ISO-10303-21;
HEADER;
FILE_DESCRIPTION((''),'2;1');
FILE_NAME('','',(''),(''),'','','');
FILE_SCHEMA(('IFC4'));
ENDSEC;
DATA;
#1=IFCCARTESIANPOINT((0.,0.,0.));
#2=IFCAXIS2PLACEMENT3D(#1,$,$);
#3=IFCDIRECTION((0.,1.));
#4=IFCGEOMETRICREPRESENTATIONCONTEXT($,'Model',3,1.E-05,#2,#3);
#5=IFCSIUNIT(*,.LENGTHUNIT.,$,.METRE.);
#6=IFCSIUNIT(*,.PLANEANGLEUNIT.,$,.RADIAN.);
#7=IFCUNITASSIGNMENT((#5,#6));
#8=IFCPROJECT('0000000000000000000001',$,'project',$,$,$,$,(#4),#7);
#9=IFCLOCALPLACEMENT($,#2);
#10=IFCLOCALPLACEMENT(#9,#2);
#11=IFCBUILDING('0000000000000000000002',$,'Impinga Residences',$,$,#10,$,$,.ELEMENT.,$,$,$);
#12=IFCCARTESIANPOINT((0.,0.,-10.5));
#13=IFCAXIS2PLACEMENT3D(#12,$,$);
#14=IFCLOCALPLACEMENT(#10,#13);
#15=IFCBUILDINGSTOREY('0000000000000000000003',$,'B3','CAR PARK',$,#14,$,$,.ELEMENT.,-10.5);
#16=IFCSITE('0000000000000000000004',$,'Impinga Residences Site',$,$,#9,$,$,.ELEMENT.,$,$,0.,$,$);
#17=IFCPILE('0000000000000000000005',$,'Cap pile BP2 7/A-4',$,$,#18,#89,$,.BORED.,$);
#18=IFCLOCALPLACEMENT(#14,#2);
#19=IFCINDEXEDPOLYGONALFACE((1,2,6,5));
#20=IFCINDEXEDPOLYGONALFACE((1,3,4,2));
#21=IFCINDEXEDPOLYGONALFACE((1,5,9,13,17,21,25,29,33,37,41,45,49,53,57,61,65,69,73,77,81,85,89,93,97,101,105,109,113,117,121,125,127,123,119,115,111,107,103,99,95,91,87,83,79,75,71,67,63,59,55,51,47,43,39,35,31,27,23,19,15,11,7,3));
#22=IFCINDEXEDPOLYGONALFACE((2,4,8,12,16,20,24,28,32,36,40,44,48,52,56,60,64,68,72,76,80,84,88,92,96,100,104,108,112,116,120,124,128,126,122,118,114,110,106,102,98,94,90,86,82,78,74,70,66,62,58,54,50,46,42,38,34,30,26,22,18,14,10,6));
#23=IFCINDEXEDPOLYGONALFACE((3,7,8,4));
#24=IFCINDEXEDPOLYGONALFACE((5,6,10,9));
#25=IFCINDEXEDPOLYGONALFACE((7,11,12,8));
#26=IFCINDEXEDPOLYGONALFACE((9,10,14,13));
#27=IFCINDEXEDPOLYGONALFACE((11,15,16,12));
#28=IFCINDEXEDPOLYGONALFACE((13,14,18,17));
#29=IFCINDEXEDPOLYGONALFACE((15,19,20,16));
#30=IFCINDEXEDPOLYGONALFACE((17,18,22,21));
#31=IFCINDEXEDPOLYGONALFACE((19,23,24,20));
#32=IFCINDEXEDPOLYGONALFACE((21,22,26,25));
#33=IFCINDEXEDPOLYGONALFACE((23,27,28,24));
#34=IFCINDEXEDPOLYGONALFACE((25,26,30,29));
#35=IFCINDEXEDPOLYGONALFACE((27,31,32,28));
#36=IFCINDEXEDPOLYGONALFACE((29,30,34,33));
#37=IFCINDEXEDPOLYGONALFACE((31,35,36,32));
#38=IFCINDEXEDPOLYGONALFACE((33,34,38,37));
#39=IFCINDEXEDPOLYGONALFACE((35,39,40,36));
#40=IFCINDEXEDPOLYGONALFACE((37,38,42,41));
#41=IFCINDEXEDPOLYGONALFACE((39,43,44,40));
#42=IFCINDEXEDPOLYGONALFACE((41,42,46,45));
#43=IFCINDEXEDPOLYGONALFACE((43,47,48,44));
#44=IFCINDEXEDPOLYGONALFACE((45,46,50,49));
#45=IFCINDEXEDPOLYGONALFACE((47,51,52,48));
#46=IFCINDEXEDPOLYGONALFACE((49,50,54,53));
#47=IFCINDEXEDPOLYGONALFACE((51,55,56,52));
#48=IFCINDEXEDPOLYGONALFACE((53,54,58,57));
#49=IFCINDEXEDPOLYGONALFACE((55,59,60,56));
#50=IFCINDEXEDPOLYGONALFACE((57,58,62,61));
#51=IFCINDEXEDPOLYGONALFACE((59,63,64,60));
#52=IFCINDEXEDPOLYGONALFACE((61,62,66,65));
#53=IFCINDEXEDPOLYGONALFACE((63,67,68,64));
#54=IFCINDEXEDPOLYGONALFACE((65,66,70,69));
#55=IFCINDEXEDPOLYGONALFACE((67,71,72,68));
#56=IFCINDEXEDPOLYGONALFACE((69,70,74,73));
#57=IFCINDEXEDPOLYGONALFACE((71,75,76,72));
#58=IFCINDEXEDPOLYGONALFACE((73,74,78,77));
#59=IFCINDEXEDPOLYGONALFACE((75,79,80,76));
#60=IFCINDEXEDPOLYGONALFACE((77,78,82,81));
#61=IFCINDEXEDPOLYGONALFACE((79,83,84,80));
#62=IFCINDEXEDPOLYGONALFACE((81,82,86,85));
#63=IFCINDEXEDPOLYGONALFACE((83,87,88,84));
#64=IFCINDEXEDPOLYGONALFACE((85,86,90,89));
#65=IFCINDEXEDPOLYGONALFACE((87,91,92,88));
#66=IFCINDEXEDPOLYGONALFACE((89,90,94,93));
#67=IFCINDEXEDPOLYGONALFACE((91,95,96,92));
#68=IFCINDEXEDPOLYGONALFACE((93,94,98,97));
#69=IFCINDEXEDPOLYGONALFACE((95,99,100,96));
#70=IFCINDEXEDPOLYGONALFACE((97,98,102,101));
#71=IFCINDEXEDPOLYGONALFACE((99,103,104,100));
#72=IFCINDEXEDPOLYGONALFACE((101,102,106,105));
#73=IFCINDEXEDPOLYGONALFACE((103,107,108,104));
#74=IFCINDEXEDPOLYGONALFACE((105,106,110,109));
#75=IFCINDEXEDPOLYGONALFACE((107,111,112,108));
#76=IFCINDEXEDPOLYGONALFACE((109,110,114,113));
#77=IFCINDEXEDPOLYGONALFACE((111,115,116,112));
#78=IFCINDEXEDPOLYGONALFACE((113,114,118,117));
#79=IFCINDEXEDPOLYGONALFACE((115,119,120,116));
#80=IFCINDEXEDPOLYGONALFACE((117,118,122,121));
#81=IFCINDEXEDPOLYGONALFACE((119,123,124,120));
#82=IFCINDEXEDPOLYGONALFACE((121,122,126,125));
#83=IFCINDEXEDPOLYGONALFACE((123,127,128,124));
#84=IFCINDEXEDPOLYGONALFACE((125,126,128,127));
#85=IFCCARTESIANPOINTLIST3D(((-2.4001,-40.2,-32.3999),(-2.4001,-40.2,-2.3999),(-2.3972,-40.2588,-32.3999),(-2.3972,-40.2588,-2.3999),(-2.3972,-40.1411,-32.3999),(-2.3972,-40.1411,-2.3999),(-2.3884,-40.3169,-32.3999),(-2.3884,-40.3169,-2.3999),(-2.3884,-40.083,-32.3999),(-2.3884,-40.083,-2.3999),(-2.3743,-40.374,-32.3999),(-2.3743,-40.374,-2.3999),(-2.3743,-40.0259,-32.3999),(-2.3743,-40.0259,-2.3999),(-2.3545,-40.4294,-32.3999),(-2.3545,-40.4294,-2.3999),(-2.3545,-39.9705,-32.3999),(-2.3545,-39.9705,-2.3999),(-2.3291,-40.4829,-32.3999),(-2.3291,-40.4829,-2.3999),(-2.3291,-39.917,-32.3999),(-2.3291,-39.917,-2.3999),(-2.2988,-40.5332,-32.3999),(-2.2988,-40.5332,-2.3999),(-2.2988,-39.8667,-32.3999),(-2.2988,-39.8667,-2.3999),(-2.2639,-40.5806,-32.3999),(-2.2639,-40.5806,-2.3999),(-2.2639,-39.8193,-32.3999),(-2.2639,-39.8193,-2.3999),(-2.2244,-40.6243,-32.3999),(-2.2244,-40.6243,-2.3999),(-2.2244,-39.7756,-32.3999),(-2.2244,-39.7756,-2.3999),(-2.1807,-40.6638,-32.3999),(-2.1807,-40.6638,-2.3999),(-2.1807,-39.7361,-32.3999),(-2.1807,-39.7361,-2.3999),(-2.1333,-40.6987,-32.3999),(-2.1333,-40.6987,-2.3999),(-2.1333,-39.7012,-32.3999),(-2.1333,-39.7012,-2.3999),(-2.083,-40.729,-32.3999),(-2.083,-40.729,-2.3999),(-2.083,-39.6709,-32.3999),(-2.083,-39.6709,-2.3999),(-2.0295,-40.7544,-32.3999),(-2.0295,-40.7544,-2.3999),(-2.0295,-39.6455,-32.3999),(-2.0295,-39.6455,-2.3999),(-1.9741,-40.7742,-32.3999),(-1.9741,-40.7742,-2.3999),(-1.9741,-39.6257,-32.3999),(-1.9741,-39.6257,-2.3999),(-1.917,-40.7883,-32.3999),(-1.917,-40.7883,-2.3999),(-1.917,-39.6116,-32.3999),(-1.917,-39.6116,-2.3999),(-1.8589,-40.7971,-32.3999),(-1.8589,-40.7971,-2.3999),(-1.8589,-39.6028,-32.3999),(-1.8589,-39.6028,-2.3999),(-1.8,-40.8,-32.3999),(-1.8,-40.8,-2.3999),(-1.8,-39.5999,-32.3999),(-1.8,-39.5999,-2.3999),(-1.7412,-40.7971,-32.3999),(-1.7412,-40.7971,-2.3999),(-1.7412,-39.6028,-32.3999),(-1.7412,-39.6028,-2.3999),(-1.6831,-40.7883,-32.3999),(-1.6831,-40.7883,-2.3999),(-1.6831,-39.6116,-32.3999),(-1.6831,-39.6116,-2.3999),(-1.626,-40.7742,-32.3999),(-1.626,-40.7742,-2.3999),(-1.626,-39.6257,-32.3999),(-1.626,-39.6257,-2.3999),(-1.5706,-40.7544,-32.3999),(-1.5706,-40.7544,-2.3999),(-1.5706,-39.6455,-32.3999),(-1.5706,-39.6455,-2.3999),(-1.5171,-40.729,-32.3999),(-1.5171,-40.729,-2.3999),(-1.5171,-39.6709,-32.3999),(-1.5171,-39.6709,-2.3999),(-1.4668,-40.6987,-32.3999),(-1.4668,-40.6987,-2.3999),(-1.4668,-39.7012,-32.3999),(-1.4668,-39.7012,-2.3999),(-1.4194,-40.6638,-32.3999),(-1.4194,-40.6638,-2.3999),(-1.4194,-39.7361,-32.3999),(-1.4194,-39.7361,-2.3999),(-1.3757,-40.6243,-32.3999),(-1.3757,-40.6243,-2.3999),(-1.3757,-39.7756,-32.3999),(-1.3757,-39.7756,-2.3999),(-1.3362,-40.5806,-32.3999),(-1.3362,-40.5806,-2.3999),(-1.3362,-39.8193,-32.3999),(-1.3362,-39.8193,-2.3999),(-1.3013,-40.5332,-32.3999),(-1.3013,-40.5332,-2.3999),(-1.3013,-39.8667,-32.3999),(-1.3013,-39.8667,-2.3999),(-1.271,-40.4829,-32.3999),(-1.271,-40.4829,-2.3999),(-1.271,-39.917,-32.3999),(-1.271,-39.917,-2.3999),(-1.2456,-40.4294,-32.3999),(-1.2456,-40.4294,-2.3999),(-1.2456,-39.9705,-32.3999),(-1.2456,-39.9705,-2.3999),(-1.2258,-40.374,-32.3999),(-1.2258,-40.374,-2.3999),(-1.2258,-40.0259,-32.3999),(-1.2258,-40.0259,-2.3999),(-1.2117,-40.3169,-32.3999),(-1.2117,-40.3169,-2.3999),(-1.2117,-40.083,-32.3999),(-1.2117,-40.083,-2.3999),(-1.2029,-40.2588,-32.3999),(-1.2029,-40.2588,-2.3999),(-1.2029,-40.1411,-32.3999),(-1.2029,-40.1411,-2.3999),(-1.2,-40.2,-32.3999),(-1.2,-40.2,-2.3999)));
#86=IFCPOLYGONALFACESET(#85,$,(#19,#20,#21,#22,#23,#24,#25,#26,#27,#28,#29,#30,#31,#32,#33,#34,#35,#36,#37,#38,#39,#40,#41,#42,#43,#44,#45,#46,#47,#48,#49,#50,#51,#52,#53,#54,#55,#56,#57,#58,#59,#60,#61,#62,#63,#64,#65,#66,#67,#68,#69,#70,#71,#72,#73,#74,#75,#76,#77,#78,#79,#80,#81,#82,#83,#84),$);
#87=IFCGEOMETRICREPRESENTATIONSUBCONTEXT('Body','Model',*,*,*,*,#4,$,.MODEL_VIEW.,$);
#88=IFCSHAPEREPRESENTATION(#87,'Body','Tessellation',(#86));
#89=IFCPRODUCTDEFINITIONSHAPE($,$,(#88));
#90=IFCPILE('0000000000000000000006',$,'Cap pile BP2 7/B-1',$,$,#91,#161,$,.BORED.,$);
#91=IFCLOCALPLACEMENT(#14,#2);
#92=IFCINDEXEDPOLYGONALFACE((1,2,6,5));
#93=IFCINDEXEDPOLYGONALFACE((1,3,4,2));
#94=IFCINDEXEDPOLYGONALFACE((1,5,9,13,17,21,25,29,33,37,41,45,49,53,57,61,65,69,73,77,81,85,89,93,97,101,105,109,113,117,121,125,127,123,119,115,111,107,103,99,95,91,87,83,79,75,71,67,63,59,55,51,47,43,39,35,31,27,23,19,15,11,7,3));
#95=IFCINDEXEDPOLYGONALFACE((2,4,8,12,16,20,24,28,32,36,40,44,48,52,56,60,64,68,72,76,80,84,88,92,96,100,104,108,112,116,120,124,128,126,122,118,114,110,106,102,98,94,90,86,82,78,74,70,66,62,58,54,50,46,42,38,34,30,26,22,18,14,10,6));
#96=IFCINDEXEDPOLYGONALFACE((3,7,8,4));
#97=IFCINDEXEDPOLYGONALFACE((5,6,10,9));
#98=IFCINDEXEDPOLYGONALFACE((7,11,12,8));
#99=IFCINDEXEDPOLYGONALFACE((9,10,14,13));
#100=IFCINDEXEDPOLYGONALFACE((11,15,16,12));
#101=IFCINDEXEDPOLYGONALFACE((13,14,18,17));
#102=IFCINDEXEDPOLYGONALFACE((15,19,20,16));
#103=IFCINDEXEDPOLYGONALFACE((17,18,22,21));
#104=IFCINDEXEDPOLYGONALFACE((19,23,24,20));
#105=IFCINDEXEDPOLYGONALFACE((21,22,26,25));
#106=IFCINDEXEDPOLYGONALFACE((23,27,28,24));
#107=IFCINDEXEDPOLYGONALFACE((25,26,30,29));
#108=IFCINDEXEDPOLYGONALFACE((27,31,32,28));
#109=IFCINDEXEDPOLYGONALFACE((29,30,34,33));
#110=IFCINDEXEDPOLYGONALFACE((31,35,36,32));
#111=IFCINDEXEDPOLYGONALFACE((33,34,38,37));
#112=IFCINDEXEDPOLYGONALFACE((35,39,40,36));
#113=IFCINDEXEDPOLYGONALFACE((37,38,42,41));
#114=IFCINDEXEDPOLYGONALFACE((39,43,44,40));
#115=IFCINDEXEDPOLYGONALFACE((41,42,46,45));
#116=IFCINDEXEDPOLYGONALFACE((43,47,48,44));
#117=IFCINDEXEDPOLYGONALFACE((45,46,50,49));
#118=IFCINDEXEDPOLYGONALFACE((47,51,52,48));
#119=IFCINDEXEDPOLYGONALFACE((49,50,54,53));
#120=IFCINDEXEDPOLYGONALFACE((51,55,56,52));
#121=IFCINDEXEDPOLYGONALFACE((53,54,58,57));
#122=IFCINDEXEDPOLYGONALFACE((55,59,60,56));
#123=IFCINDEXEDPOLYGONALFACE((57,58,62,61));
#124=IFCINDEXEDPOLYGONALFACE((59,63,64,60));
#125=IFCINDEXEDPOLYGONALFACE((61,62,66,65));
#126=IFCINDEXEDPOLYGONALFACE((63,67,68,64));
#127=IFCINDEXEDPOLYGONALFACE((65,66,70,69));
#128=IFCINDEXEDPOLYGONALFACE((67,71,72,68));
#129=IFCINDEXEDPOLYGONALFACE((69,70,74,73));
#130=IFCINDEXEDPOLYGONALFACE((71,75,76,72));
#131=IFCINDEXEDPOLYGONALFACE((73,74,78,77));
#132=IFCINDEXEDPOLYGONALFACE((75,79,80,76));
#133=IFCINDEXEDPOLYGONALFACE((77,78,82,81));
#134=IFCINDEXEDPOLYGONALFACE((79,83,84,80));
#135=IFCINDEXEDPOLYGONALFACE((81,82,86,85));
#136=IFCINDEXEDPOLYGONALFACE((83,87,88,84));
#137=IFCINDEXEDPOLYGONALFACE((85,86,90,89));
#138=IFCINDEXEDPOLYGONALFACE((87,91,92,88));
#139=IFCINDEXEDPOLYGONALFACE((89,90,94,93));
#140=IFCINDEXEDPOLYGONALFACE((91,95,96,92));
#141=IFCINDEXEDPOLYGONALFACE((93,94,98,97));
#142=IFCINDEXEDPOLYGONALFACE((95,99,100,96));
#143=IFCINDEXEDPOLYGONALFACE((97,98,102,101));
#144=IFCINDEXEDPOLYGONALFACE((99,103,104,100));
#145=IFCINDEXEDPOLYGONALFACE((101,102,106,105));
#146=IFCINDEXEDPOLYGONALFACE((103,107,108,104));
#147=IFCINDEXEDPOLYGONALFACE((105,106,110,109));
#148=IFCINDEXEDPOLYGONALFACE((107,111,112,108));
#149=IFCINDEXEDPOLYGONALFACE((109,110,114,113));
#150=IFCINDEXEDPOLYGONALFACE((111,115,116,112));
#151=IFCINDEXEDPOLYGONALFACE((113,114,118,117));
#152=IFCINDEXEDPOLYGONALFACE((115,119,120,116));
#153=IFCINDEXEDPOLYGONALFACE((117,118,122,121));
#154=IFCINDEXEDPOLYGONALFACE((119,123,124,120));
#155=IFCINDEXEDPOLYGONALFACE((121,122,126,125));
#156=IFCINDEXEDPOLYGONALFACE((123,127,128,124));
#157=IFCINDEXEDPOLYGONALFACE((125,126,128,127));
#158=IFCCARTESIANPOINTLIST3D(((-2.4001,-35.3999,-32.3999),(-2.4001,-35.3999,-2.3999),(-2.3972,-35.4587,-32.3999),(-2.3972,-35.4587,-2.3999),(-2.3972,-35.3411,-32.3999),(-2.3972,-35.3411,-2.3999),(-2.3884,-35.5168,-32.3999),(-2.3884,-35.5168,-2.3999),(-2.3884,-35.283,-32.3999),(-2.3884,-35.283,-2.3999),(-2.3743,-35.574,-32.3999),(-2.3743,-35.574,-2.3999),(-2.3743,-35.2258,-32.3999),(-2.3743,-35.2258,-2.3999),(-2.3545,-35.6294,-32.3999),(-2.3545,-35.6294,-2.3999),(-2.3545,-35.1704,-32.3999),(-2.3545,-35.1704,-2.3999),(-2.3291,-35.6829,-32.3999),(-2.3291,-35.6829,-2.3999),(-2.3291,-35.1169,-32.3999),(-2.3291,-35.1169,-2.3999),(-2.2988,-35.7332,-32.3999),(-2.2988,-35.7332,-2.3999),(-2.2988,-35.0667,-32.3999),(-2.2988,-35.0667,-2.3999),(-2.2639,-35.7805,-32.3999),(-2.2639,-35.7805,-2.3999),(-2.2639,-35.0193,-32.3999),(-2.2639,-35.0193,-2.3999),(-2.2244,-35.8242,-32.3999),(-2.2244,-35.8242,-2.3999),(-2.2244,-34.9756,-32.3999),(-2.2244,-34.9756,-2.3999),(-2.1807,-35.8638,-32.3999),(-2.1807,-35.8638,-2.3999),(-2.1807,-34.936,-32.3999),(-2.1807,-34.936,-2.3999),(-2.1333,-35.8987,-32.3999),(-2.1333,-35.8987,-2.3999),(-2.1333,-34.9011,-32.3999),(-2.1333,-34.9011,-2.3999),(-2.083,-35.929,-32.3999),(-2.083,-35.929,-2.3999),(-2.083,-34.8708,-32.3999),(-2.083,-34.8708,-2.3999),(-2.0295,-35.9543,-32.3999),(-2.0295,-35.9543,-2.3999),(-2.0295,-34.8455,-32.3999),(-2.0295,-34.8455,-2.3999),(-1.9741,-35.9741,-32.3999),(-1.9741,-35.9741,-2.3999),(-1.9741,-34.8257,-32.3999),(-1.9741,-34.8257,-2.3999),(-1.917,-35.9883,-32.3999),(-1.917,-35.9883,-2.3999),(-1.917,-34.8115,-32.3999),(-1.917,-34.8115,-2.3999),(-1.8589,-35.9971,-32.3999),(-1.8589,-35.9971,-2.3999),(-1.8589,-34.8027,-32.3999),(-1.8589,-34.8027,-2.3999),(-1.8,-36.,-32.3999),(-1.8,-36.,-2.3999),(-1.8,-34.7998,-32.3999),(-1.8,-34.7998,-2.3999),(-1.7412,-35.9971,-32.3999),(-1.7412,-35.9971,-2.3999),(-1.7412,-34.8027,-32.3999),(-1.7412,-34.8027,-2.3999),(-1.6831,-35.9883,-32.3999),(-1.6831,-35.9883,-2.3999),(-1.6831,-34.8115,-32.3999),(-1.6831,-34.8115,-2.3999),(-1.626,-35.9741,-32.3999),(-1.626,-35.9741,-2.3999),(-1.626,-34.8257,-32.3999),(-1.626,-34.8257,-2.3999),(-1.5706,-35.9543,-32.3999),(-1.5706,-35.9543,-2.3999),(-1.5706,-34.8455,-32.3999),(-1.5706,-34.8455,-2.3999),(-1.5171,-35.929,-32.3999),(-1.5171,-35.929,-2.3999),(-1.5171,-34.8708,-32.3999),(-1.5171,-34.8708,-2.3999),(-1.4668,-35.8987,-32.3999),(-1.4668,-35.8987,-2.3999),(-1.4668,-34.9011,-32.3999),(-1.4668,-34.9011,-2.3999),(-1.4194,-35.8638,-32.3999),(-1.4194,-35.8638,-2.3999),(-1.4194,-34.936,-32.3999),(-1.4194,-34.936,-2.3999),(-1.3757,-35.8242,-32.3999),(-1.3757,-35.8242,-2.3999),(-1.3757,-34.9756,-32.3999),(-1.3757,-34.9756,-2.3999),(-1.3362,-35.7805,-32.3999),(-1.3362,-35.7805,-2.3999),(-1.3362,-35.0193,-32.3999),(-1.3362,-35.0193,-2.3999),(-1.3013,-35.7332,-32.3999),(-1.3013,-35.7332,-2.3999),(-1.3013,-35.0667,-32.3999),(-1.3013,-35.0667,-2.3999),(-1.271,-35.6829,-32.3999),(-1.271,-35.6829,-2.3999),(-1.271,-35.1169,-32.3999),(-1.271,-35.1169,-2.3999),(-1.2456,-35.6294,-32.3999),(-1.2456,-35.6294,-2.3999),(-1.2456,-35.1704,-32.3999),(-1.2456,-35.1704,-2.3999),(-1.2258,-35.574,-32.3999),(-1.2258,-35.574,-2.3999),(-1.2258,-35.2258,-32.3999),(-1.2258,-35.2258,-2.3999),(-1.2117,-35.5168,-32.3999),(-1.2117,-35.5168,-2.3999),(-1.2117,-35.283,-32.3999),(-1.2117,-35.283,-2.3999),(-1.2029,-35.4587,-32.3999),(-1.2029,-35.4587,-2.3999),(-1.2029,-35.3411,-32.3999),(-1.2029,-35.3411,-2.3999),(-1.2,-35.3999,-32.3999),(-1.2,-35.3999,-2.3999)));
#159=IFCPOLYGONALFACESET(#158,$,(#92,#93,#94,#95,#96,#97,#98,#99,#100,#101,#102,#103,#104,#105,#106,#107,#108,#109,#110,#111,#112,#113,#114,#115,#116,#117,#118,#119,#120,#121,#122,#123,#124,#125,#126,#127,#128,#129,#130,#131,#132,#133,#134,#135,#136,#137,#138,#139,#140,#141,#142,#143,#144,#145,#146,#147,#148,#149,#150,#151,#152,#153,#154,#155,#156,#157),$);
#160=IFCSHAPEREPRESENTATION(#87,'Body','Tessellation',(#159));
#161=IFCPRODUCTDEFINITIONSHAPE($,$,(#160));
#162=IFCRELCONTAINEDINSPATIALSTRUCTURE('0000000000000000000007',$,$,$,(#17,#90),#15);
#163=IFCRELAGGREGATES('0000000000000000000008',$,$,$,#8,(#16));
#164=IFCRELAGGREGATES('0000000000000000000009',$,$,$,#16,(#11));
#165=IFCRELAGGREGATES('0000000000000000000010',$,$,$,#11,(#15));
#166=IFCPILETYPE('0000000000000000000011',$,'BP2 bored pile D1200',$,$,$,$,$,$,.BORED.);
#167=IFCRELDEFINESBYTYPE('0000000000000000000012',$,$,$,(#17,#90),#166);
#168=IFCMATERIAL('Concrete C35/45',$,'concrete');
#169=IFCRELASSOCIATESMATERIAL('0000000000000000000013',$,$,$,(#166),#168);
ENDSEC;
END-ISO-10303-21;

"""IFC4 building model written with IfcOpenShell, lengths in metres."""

from ifc_helpers import new_model, si_unit, direction, frame, origin, origin_2d, place, context, subcontext, project, spatial, polyline, circle, outline, extrude, material, material_profile, profile_set, type_object, element, save


model = new_model("IFC4")

# Units and contexts
model_context = context("Model", 3, precision=1e-05, world=origin(), true_north=direction((0.0, 1.0)))
body_context = subcontext(model_context, "Body", "Model", "MODEL_VIEW")
ifc_project = project(units=[si_unit("LENGTHUNIT", "METRE"), si_unit("PLANEANGLEUNIT", "RADIAN")], contexts=[model_context])

# Site, building, storey
site_placement = place(None, origin())
site = spatial("IfcSite", under=ifc_project, at=site_placement, Name="Impinga Residences Site", CompositionType="ELEMENT", RefElevation=0.0)
building_placement = place(site_placement, origin())
building = spatial("IfcBuilding", under=site, at=building_placement, Name="Impinga Residences", CompositionType="ELEMENT")
storey_placement = place(building_placement, frame((0.0, 0.0, -10.5)))
storey = spatial("IfcBuildingStorey", under=building, at=storey_placement, Name="B3", Description="CAR PARK", CompositionType="ELEMENT", Elevation=-10.5)

# Piles
ifc_material_1 = material(Name="Concrete C35/45", Category="concrete")
ifc_material_profile_1 = material_profile(ifc_material_1, circle(Radius=0.6001, at=origin_2d()), Name="D1200")
ifc_profile_set_1 = profile_set([ifc_material_profile_1], Name="Concrete C35/45")
pile_type_1 = type_object("IfcPileType", Name="BP2 bored pile D1200", PredefinedType="BORED", material=ifc_profile_set_1)
pile_1_placement = place(storey_placement, frame((-1.8, -40.2, -2.3999), z_axis=(0.0, 0.0, -1.0), x_axis=(1.0, 0.0, 0.0)))
element("IfcPile", 1, at=pile_1_placement, inside=storey, type_object=pile_type_1, Name="Cap pile BP2 7/A-4", PredefinedType="BORED", context=body_context, shape_type="SweptSolid", body=[
    extrude(outline(polyline([(0.6001, 0.0), (0.5972, 0.0588), (0.5884, 0.1169), (0.5742, 0.1741), (0.5544, 0.2295), (0.5291, 0.283), (0.4988, 0.3333), (0.4639, 0.3806), (0.4243, 0.4243), (0.3806, 0.4639), (0.3333, 0.4988), (0.283, 0.5291), (0.2295, 0.5544), (0.1741, 0.5742), (0.1169, 0.5884), (0.0588, 0.5972), (0.0, 0.6001), (-0.0588, 0.5972), (-0.1169, 0.5884), (-0.1741, 0.5742), (-0.2295, 0.5544), (-0.283, 0.5291), (-0.3333, 0.4988), (-0.3806, 0.4639), (-0.4243, 0.4243), (-0.4639, 0.3806), (-0.4988, 0.3333), (-0.5291, 0.283), (-0.5544, 0.2295), (-0.5742, 0.1741), (-0.5884, 0.1169), (-0.5972, 0.0588), (-0.6001, 0.0), (-0.5972, -0.0588), (-0.5884, -0.1169), (-0.5742, -0.1741), (-0.5544, -0.2295), (-0.5291, -0.283), (-0.4988, -0.3333), (-0.4639, -0.3806), (-0.4243, -0.4243), (-0.3806, -0.4639), (-0.3333, -0.4988), (-0.283, -0.5291), (-0.2295, -0.5544), (-0.1741, -0.5742), (-0.1169, -0.5884), (-0.0588, -0.5972), (0.0, -0.6001), (0.0588, -0.5972), (0.1169, -0.5884), (0.1741, -0.5742), (0.2295, -0.5544), (0.283, -0.5291), (0.3333, -0.4988), (0.3806, -0.4639), (0.4243, -0.4243), (0.4639, -0.3806), (0.4988, -0.3333), (0.5291, -0.283), (0.5544, -0.2295), (0.5742, -0.1741), (0.5884, -0.1169), (0.5972, -0.0588), (0.6001, 0.0)])), origin(), (0.0, 0.0, 1.0), 30.0),
])
pile_2_placement = place(storey_placement, frame((-1.8, -35.3999, -2.3999), z_axis=(0.0, 0.0, -1.0), x_axis=(1.0, 0.0, 0.0)))
element("IfcPile", 2, at=pile_2_placement, inside=storey, type_object=pile_type_1, Name="Cap pile BP2 7/B-1", PredefinedType="BORED", context=body_context, shape_type="SweptSolid", body=[
    extrude(outline(polyline([(0.6001, 0.0), (0.5972, 0.0588), (0.5884, 0.1169), (0.5742, 0.1741), (0.5544, 0.2295), (0.5291, 0.283), (0.4988, 0.3333), (0.4639, 0.3806), (0.4243, 0.4243), (0.3806, 0.4639), (0.3333, 0.4988), (0.283, 0.5291), (0.2295, 0.5544), (0.1741, 0.5742), (0.1169, 0.5884), (0.0588, 0.5972), (0.0, 0.6001), (-0.0588, 0.5972), (-0.1169, 0.5884), (-0.1741, 0.5742), (-0.2295, 0.5544), (-0.283, 0.5291), (-0.3333, 0.4988), (-0.3806, 0.4639), (-0.4243, 0.4243), (-0.4639, 0.3806), (-0.4988, 0.3333), (-0.5291, 0.283), (-0.5544, 0.2295), (-0.5742, 0.1741), (-0.5884, 0.1169), (-0.5972, 0.0588), (-0.6001, 0.0), (-0.5972, -0.0588), (-0.5884, -0.1169), (-0.5742, -0.1741), (-0.5544, -0.2295), (-0.5291, -0.283), (-0.4988, -0.3333), (-0.4639, -0.3806), (-0.4243, -0.4243), (-0.3806, -0.4639), (-0.3333, -0.4988), (-0.283, -0.5291), (-0.2295, -0.5544), (-0.1741, -0.5742), (-0.1169, -0.5884), (-0.0588, -0.5972), (0.0, -0.6001), (0.0588, -0.5972), (0.1169, -0.5884), (0.1741, -0.5742), (0.2295, -0.5544), (0.283, -0.5291), (0.3333, -0.4988), (0.3806, -0.4639), (0.4243, -0.4243), (0.4639, -0.3806), (0.4988, -0.3333), (0.5291, -0.283), (0.5544, -0.2295), (0.5742, -0.1741), (0.5884, -0.1169), (0.5972, -0.0588), (0.6001, 0.0)])), origin(), (0.0, 0.0, 1.0), 30.0),
])

save(model, "model.ifc")
